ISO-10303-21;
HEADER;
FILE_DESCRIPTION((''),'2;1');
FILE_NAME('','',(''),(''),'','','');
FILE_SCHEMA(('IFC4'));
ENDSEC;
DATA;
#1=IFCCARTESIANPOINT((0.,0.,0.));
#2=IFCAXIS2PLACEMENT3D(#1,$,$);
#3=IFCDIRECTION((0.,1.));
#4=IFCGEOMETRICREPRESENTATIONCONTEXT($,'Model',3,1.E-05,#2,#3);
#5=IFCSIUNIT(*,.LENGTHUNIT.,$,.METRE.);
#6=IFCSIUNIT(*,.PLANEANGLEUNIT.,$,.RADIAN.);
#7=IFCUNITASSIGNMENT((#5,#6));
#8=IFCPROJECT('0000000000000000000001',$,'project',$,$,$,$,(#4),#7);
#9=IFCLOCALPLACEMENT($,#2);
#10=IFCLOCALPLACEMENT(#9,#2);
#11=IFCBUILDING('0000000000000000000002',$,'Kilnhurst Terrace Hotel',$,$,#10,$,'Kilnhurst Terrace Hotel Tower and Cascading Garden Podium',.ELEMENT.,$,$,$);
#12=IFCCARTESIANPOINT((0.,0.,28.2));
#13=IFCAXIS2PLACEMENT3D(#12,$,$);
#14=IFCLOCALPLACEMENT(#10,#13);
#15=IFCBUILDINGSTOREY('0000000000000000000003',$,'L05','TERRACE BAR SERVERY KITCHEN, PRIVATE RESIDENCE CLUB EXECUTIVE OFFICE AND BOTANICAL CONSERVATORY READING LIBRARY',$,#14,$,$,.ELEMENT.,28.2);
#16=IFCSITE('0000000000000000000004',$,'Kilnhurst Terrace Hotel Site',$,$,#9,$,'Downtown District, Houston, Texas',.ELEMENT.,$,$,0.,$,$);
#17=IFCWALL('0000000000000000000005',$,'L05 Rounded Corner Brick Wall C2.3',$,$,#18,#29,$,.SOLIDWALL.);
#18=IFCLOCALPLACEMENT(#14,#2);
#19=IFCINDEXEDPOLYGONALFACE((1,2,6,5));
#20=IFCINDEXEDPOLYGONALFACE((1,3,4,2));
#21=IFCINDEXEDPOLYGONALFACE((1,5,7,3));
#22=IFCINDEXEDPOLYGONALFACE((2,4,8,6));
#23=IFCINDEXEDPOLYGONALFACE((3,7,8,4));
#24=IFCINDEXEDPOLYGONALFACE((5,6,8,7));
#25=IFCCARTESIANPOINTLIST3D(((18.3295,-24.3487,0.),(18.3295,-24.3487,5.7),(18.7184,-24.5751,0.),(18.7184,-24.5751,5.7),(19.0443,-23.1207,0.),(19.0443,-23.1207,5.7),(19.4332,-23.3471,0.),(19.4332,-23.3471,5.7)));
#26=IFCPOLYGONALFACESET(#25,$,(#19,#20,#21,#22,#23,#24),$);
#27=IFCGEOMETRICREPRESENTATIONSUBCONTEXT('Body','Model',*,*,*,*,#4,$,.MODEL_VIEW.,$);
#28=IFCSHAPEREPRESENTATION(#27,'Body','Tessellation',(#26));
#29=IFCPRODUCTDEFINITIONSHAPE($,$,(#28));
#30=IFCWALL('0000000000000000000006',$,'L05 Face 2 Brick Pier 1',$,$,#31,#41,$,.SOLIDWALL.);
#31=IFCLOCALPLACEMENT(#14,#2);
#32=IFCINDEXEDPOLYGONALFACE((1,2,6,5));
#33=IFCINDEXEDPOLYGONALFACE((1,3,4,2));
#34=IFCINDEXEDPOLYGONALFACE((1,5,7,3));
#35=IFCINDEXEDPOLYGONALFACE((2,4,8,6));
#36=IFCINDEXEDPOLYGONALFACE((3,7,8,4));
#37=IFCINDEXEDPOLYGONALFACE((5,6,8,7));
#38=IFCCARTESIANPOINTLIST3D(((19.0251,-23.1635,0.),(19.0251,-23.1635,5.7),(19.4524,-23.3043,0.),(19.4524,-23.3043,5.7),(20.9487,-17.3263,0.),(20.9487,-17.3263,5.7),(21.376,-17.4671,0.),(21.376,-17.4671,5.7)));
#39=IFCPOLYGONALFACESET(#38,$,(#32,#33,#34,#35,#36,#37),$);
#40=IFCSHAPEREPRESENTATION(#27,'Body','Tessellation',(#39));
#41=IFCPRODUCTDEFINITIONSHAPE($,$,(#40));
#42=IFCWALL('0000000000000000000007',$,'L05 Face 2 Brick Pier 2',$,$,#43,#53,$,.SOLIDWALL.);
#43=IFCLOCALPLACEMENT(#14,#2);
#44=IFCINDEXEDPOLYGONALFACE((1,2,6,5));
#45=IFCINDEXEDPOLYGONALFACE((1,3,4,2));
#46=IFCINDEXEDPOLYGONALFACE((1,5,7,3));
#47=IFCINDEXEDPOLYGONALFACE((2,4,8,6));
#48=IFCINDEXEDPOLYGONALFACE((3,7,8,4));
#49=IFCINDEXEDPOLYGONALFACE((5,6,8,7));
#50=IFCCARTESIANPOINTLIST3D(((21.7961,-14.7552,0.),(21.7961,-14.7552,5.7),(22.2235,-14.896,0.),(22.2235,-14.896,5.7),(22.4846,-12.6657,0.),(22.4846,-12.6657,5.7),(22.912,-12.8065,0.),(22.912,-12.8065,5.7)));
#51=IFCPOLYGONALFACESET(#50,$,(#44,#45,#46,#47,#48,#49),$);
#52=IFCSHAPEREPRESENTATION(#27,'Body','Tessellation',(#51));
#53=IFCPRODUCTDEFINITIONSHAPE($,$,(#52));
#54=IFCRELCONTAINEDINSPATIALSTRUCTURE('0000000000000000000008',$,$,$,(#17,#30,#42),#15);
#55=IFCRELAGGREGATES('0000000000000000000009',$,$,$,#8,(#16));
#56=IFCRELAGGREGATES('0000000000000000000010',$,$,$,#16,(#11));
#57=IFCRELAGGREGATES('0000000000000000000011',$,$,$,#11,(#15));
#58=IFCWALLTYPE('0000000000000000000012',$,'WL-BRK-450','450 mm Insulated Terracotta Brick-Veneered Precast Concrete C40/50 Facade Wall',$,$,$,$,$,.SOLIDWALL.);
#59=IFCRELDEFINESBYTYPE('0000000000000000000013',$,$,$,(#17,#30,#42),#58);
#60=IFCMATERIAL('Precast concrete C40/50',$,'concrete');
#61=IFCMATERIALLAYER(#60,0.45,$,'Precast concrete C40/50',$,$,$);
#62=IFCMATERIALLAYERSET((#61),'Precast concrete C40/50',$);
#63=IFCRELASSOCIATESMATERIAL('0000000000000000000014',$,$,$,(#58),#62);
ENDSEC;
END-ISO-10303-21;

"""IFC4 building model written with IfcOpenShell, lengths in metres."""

from ifc_helpers import new_model, si_unit, direction, frame, frame_2d, origin, place, context, subcontext, project, spatial, rectangle, extrude, material, layer, layer_set, type_object, element, save


model = new_model("IFC4")

# Units and contexts
model_context = context("Model", 3, precision=1e-05, world=origin(), true_north=direction((0.0, 1.0)))
body_context = subcontext(model_context, "Body", "Model", "MODEL_VIEW")
ifc_project = project(units=[si_unit("LENGTHUNIT", "METRE"), si_unit("PLANEANGLEUNIT", "RADIAN")], contexts=[model_context])

# Site, building, storey
site_placement = place(None, origin())
site = spatial("IfcSite", under=ifc_project, at=site_placement, Name="Kilnhurst Terrace Hotel Site", LongName="Downtown District, Houston, Texas", CompositionType="ELEMENT", RefElevation=0.0)
building_placement = place(site_placement, origin())
building = spatial("IfcBuilding", under=site, at=building_placement, Name="Kilnhurst Terrace Hotel", LongName="Kilnhurst Terrace Hotel Tower and Cascading Garden Podium", CompositionType="ELEMENT")
storey_placement = place(building_placement, frame((0.0, 0.0, 28.2)))
storey = spatial("IfcBuildingStorey", under=building, at=storey_placement, Name="L05", Description="TERRACE BAR SERVERY KITCHEN, PRIVATE RESIDENCE CLUB EXECUTIVE OFFICE AND BOTANICAL CONSERVATORY READING LIBRARY", CompositionType="ELEMENT", Elevation=28.2)

# Walls
ifc_material_1 = material(Name="Precast concrete C40/50", Category="concrete")
ifc_layer_1 = layer(ifc_material_1, 0.45, Name="Precast concrete C40/50")
ifc_layer_set_1 = layer_set([ifc_layer_1], Name="Precast concrete C40/50")
wall_type = type_object("IfcWallType", Name="WL-BRK-450", Description="450 mm Insulated Terracotta Brick-Veneered Precast Concrete C40/50 Facade Wall", PredefinedType="SOLIDWALL", material=ifc_layer_set_1)
wall_1_placement = place(storey_placement, frame((18.5239, -24.4619, 0.0), z_axis=(0.0, 0.0, 1.0), x_axis=(0.50308, 0.86424, 0.0)))
element("IfcWall", 1, at=wall_1_placement, inside=storey, type_object=wall_type, Name="L05 Rounded Corner Brick Wall C2.3", PredefinedType="SOLIDWALL", context=body_context, shape_type="SweptSolid", body=[
    extrude(rectangle(XDim=1.4209, YDim=0.45, at=frame_2d((0.7104, 0.0))), origin(), (0.0, 0.0, 1.0), 5.7),
])
wall_2_placement = place(storey_placement, frame((19.2388, -23.2339, 0.0), z_axis=(0.0, 0.0, 1.0), x_axis=(0.312984, 0.949758, 0.0)))
element("IfcWall", 2, at=wall_2_placement, inside=storey, type_object=wall_type, Name="L05 Face 2 Brick Pier 1", PredefinedType="SOLIDWALL", context=body_context, shape_type="SweptSolid", body=[
    extrude(rectangle(XDim=6.146, YDim=0.45, at=frame_2d((3.073, 0.0))), origin(), (0.0, 0.0, 1.0), 5.7),
])
wall_3_placement = place(storey_placement, frame((22.0098, -14.8257, 0.0), z_axis=(0.0, 0.0, 1.0), x_axis=(0.312963, 0.949765, 0.0)))
element("IfcWall", 3, at=wall_3_placement, inside=storey, type_object=wall_type, Name="L05 Face 2 Brick Pier 2", PredefinedType="SOLIDWALL", context=body_context, shape_type="SweptSolid", body=[
    extrude(rectangle(XDim=2.2, YDim=0.45, at=frame_2d((1.1001, 0.0))), origin(), (0.0, 0.0, 1.0), 5.7),
])

save(model, "model.ifc")
